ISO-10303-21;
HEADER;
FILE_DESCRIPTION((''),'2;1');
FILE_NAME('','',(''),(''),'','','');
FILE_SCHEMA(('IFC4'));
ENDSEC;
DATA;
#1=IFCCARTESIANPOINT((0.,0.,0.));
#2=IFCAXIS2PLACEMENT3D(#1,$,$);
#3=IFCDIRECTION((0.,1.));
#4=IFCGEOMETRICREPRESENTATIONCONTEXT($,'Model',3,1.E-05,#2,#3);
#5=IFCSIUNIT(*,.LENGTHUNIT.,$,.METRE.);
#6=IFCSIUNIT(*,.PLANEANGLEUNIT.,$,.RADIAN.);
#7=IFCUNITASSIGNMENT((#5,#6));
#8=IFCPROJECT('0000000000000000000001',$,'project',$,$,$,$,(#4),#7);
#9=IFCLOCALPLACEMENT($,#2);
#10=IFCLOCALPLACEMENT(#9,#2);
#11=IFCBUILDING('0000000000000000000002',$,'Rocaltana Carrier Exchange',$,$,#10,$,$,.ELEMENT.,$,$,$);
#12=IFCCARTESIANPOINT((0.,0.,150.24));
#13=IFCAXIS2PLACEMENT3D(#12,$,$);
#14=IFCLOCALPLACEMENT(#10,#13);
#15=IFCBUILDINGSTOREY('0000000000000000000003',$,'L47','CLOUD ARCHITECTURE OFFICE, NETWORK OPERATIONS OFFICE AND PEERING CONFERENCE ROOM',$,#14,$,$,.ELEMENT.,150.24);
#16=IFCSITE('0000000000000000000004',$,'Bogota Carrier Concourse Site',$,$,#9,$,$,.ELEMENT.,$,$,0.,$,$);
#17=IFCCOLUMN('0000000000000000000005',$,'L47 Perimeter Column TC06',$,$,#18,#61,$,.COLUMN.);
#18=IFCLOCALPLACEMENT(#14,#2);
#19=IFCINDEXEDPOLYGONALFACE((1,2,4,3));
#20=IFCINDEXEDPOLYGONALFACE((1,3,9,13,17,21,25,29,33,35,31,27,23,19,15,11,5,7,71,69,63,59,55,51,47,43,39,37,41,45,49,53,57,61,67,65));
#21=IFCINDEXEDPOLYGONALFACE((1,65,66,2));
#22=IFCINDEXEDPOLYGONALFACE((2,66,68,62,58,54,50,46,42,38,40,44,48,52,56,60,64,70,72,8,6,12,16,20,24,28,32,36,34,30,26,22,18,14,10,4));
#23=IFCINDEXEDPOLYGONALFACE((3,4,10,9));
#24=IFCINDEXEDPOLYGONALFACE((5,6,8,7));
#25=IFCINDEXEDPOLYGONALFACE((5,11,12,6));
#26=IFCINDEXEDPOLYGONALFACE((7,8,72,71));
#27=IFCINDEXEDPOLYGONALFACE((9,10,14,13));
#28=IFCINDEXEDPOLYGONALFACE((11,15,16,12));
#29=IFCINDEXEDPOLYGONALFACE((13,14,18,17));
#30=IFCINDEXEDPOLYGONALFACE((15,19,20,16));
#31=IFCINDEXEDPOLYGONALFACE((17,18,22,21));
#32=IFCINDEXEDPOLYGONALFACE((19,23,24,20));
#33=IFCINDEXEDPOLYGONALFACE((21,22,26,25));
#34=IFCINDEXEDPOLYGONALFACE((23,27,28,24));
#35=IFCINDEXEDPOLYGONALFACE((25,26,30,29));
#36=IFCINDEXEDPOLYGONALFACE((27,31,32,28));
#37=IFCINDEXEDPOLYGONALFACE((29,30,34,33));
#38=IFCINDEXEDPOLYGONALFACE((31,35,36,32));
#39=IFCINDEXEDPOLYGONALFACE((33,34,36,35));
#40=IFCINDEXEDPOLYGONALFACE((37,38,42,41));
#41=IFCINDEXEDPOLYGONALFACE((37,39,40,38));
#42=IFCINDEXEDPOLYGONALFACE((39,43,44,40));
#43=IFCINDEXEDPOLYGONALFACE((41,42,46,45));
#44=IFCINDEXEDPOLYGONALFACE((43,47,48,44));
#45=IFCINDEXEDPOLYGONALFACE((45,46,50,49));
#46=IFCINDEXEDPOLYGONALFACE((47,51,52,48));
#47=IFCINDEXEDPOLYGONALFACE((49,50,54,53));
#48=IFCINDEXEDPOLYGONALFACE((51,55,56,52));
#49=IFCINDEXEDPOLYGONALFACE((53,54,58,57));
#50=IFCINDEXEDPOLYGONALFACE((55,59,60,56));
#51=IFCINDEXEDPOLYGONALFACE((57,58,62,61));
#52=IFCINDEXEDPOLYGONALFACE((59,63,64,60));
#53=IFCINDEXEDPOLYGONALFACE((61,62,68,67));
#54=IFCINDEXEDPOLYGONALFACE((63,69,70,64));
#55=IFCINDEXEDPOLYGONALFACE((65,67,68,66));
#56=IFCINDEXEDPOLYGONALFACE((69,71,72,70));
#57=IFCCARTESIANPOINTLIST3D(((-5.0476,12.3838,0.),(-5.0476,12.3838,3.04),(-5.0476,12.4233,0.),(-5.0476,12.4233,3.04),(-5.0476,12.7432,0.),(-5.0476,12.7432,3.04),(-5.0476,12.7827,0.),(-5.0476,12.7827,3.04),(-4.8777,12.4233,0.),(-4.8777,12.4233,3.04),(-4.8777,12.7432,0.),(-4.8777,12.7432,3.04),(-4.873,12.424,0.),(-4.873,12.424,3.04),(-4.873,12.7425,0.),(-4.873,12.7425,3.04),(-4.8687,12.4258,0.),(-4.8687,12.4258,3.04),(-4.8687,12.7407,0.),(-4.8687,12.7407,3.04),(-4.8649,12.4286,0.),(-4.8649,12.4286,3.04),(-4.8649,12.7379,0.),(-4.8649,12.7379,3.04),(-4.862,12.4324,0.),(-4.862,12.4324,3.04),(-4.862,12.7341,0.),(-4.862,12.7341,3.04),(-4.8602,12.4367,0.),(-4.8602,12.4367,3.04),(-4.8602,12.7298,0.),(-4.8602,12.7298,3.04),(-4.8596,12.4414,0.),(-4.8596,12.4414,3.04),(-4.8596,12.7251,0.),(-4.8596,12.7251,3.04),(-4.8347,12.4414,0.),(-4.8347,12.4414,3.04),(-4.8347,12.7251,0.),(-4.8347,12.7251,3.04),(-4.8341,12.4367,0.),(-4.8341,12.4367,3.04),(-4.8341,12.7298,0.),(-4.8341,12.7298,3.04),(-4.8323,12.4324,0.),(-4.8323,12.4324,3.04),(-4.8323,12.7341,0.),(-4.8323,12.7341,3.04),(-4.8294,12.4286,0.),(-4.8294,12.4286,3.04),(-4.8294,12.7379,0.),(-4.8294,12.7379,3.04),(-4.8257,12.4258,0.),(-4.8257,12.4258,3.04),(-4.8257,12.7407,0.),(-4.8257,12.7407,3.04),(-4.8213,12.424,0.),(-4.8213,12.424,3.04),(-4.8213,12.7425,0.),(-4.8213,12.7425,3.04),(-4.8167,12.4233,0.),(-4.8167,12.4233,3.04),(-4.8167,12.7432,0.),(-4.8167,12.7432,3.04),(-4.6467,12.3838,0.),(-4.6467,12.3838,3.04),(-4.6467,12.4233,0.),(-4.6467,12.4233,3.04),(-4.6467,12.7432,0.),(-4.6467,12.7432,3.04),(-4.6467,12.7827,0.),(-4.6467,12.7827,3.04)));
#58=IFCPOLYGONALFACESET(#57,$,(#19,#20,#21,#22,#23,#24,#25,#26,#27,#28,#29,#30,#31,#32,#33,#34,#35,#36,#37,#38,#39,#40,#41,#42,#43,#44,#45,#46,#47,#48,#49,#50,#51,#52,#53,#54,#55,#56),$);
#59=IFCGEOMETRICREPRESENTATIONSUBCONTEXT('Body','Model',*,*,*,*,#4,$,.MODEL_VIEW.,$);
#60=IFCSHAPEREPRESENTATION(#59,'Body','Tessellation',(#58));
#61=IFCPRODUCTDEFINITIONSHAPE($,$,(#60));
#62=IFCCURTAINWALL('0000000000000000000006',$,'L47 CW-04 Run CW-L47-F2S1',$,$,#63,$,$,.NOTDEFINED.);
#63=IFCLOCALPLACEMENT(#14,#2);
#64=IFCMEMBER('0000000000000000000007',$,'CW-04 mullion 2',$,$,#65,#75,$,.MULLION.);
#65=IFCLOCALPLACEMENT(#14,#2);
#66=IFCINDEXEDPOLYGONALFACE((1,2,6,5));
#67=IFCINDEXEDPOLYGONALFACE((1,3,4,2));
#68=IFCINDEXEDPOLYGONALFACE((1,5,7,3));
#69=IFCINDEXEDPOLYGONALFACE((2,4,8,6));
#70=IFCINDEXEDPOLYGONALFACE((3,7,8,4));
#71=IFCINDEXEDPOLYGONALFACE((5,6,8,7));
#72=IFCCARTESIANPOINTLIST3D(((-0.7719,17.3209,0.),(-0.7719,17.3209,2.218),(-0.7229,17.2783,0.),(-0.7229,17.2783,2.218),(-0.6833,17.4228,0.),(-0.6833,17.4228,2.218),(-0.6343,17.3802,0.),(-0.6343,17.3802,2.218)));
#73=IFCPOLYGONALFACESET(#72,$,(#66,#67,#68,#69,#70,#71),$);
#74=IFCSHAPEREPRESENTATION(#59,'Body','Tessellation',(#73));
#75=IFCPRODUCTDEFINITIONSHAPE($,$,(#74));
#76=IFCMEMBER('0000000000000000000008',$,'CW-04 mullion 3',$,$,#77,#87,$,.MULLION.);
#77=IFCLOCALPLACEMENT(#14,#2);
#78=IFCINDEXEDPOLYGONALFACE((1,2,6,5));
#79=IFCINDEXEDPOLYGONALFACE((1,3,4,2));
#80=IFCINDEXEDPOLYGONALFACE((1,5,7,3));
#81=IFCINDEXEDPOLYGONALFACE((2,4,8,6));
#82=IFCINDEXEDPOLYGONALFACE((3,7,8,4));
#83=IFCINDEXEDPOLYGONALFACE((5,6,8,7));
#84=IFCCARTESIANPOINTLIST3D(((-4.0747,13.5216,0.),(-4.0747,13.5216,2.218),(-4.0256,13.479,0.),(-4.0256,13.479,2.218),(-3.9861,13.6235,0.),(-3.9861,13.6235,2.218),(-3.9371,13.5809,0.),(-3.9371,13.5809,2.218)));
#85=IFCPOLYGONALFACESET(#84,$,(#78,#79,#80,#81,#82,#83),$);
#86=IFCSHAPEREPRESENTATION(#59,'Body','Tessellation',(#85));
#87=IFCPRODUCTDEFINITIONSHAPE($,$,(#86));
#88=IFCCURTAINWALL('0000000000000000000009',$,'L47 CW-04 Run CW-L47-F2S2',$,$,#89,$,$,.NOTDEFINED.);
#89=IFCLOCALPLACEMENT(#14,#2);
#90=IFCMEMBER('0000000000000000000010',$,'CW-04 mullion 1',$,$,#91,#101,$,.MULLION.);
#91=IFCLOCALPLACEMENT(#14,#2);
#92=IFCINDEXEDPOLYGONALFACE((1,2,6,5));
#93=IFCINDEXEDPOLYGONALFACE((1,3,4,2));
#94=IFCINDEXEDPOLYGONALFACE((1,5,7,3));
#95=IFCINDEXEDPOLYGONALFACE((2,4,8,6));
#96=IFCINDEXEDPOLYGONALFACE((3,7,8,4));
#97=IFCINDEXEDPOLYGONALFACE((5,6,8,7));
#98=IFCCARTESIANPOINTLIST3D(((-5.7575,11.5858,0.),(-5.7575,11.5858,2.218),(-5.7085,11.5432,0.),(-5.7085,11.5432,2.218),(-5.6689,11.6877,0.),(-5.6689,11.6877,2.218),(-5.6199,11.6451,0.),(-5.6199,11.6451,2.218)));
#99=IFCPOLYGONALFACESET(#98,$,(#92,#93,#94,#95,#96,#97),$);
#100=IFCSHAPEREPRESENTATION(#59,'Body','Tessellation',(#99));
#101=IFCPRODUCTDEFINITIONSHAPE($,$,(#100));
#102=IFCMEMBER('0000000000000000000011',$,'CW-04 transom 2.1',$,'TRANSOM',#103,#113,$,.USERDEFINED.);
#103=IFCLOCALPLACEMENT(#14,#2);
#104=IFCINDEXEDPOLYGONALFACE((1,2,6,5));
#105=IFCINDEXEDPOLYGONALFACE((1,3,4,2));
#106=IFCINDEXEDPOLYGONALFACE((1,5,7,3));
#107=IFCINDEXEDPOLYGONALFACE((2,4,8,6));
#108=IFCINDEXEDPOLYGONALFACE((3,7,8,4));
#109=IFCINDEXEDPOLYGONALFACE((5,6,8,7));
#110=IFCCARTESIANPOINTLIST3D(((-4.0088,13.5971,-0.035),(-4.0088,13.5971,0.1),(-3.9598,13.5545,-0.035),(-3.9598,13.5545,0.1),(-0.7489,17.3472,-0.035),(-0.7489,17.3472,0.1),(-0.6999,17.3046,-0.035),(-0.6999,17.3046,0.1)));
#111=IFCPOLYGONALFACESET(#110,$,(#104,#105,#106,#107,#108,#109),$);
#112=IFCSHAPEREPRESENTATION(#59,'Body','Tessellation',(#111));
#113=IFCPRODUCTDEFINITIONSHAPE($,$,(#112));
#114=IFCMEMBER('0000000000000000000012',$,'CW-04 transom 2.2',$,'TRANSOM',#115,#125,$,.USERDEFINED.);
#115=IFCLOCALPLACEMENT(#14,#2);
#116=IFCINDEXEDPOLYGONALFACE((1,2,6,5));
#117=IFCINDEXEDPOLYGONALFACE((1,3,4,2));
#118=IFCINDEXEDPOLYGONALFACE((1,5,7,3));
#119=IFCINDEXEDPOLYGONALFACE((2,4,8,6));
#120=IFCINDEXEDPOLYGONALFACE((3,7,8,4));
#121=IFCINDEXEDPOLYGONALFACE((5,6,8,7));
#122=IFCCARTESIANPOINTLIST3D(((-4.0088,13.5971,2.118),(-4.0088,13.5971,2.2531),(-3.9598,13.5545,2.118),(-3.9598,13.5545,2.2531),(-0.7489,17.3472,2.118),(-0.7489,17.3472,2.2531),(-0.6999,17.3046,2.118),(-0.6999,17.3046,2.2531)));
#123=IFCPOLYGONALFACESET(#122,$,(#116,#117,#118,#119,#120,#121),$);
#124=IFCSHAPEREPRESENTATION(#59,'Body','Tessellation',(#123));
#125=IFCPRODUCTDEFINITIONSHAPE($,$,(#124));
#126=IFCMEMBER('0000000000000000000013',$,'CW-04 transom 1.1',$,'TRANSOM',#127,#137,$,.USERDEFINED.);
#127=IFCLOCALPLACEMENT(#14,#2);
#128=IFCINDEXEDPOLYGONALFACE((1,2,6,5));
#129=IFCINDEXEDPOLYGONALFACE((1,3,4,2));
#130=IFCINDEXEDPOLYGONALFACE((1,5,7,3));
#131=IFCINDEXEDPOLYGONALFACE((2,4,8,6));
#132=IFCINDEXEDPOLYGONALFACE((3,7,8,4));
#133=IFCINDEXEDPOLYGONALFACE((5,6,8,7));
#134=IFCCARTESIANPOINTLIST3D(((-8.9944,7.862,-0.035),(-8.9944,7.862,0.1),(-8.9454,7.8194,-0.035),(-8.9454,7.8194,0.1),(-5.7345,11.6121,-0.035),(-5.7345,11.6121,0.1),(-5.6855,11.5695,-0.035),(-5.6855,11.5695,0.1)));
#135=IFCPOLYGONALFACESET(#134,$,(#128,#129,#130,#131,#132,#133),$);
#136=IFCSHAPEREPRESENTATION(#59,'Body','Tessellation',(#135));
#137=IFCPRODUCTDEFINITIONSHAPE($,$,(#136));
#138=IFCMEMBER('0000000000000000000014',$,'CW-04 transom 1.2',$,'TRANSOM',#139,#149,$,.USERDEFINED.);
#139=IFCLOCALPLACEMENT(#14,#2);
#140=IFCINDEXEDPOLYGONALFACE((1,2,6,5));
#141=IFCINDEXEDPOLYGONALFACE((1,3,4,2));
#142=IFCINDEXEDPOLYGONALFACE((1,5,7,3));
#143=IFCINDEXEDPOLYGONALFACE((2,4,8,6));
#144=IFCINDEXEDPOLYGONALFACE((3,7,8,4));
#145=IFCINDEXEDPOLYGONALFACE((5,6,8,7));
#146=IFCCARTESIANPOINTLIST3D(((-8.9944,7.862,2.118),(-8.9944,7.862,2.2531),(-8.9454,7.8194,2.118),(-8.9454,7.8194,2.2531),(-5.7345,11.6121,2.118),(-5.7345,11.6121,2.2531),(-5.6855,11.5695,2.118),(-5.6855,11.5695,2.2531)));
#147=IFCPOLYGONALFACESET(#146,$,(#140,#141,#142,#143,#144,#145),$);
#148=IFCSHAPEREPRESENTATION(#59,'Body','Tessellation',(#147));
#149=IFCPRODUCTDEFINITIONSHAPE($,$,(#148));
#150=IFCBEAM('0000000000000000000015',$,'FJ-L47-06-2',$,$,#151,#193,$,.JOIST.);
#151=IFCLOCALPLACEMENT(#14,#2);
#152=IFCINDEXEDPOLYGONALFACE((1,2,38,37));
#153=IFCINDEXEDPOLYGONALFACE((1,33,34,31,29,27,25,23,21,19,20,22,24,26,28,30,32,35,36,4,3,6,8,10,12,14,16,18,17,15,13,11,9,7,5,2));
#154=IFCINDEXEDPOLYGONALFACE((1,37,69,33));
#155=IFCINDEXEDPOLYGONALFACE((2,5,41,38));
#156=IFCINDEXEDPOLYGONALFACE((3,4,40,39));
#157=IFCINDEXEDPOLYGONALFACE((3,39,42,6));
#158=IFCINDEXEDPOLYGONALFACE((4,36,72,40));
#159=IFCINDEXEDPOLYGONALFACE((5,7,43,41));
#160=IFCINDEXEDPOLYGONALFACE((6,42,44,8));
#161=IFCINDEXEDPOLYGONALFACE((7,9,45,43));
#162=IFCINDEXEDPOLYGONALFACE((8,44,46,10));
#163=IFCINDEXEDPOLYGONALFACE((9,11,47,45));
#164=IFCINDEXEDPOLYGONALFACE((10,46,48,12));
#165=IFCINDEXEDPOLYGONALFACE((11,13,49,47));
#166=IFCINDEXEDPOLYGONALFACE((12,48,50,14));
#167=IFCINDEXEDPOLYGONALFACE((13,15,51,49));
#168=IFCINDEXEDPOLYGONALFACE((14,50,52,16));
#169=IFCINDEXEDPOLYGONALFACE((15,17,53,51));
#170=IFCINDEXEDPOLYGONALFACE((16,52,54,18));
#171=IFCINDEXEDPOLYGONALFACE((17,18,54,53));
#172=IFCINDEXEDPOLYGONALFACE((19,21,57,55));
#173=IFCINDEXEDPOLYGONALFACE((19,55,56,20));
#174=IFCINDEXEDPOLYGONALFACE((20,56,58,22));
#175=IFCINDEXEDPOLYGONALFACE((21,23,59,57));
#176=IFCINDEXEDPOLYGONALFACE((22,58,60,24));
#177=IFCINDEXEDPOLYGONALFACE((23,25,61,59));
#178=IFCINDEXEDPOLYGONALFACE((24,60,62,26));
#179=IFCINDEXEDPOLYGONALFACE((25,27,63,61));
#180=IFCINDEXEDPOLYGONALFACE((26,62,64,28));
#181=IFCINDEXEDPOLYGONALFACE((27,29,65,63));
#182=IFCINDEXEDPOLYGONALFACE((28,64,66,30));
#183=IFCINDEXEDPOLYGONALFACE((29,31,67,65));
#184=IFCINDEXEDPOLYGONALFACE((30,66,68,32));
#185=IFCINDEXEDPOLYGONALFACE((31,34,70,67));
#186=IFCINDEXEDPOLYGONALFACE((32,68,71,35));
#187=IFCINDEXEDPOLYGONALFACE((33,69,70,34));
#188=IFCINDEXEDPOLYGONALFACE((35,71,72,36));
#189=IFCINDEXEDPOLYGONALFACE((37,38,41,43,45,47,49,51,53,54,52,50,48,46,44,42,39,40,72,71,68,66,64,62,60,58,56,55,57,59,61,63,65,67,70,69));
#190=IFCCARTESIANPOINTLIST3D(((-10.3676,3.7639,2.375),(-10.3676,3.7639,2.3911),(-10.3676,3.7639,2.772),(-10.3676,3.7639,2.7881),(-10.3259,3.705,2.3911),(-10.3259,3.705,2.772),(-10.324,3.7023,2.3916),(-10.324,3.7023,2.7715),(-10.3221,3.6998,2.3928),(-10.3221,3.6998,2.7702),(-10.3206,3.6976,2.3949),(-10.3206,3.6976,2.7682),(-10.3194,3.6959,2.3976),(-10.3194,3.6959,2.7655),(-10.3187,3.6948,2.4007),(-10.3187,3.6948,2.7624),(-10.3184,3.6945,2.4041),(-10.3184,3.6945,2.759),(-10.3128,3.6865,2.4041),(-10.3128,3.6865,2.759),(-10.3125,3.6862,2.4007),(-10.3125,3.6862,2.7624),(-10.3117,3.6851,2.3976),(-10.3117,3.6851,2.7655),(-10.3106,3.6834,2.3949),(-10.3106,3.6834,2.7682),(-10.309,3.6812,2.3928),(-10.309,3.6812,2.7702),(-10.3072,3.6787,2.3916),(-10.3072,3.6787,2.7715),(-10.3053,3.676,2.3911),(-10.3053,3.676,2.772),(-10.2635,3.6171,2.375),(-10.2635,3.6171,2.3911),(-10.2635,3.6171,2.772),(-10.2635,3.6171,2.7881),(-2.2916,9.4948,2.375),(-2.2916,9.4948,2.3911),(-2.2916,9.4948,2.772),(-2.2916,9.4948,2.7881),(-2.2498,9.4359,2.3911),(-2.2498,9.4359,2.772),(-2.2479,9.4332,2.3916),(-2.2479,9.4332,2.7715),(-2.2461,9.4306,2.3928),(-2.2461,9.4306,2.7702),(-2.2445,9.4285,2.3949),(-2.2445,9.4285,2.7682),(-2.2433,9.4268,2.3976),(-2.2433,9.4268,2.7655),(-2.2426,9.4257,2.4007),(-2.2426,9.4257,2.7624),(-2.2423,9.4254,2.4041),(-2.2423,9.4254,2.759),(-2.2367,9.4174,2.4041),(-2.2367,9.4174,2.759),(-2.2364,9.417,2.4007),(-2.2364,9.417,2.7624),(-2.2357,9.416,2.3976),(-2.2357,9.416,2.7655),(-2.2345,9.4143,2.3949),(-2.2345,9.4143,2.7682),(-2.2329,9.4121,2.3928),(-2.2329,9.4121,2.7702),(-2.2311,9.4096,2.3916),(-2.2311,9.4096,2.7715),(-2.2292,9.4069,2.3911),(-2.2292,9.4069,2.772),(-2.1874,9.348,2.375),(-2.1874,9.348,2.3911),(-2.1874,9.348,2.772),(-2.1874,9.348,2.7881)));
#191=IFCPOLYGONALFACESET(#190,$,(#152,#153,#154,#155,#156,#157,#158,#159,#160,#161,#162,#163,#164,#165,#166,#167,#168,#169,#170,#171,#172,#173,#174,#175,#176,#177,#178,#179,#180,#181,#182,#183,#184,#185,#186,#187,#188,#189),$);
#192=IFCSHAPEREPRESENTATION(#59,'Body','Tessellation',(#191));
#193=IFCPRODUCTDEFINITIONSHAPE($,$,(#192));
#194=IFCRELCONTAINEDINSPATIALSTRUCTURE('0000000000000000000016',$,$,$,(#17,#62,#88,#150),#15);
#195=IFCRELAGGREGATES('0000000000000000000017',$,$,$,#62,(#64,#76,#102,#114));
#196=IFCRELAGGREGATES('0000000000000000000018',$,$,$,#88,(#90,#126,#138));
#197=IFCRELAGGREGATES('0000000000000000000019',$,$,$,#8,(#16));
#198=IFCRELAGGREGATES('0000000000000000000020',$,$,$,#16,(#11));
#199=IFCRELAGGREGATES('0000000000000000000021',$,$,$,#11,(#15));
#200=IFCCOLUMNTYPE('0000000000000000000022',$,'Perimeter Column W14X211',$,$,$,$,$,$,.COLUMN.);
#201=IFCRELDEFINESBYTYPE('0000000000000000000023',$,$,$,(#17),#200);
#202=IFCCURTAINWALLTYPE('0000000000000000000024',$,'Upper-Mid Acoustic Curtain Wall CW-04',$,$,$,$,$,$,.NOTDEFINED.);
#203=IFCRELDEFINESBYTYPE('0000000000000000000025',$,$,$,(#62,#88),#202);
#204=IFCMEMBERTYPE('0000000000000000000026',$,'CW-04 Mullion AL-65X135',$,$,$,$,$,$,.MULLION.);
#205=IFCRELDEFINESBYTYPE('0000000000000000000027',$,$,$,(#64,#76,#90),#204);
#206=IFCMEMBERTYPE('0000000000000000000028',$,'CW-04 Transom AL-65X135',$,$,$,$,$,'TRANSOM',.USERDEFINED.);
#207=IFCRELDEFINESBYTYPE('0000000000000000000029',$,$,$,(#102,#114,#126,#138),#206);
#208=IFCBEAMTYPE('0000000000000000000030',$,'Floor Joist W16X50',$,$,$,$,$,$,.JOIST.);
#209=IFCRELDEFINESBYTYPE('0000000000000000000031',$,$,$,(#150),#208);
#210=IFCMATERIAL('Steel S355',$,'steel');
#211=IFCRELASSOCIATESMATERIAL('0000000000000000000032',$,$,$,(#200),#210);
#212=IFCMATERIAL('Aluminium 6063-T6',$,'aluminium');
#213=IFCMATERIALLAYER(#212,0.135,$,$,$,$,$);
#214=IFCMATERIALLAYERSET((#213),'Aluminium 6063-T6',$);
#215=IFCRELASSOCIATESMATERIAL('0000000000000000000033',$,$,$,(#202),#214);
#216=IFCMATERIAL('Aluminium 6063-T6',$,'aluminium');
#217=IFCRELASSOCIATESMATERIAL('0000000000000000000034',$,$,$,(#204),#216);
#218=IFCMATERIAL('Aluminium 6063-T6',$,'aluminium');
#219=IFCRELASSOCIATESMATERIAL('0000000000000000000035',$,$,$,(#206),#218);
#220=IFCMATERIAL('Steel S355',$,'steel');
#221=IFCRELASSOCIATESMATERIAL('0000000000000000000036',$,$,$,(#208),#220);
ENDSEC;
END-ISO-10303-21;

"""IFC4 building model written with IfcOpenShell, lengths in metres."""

from ifc_helpers import new_model, si_unit, direction, frame, origin, origin_2d, place, context, subcontext, project, spatial, rectangle, i_section, extrude, material, layer, layer_set, material_profile, profile_set, type_object, element, aggregate, save


model = new_model("IFC4")

# Units and contexts
model_context = context("Model", 3, precision=1e-05, world=origin(), true_north=direction((0.0, 1.0)))
body_context = subcontext(model_context, "Body", "Model", "MODEL_VIEW")
ifc_project = project(units=[si_unit("LENGTHUNIT", "METRE"), si_unit("PLANEANGLEUNIT", "RADIAN")], contexts=[model_context])

# Site, building, storey
site_placement = place(None, origin())
site = spatial("IfcSite", under=ifc_project, at=site_placement, Name="Bogota Carrier Concourse Site", CompositionType="ELEMENT", RefElevation=0.0)
building_placement = place(site_placement, origin())
building = spatial("IfcBuilding", under=site, at=building_placement, Name="Rocaltana Carrier Exchange", CompositionType="ELEMENT")
storey_placement = place(building_placement, frame((0.0, 0.0, 150.24)))
storey = spatial("IfcBuildingStorey", under=building, at=storey_placement, Name="L47", Description="CLOUD ARCHITECTURE OFFICE, NETWORK OPERATIONS OFFICE AND PEERING CONFERENCE ROOM", CompositionType="ELEMENT", Elevation=150.24)

# Column
ifc_material_1 = material(Name="Steel S355", Category="steel")
ifc_material_profile_1 = material_profile(ifc_material_1, i_section(OverallWidth=0.4009, OverallDepth=0.3989, WebThickness=0.0249, FlangeThickness=0.0396, FilletRadius=0.0181, at=origin_2d()), Name="W14X211")
ifc_profile_set_1 = profile_set([ifc_material_profile_1], Name="Steel S355")
column_type = type_object("IfcColumnType", Name="Perimeter Column W14X211", PredefinedType="COLUMN", material=ifc_profile_set_1)
column_placement = place(storey_placement, frame((-4.8472, 12.5833, 0.0), z_axis=(0.0, 0.0, 1.0), x_axis=(1.0, 0.0, 0.0)))
element("IfcColumn", 1, at=column_placement, inside=storey, type_object=column_type, Name="L47 Perimeter Column TC06", PredefinedType="COLUMN", context=body_context, shape_type="SweptSolid", body=[
    extrude(i_section(OverallWidth=0.4009, OverallDepth=0.3989, WebThickness=0.0249, FlangeThickness=0.0396, FilletRadius=0.0181, at=origin_2d()), origin(), (0.0, 0.0, 1.0), 3.04),
])

# Curtain wall, members
ifc_material_2 = material(Name="Aluminium 6063-T6", Category="aluminium")
ifc_layer_1 = layer(ifc_material_2, 0.135)
ifc_layer_set_1 = layer_set([ifc_layer_1], Name="Aluminium 6063-T6")
curtain_wall_type = type_object("IfcCurtainWallType", Name="Upper-Mid Acoustic Curtain Wall CW-04", PredefinedType="NOTDEFINED", material=ifc_layer_set_1)
curtain_wall_1_placement = place(storey_placement, origin())
curtain_wall_1 = element("IfcCurtainWall", 2, at=curtain_wall_1_placement, inside=storey, type_object=curtain_wall_type, Name="L47 CW-04 Run CW-L47-F2S1", PredefinedType="NOTDEFINED")
ifc_material_3 = material(Name="Aluminium 6063-T6", Category="aluminium")
ifc_material_profile_2 = material_profile(ifc_material_3, rectangle(XDim=0.0649, YDim=0.135, at=origin_2d()), Name="AL-65X135")
ifc_profile_set_2 = profile_set([ifc_material_profile_2], Name="Aluminium 6063-T6")
member_type_1 = type_object("IfcMemberType", Name="CW-04 Mullion AL-65X135", PredefinedType="MULLION", material=ifc_profile_set_2)
member_1_placement = place(storey_placement, frame((-0.7031, 17.3506, 0.0), z_axis=(0.0, 0.0, 1.0), x_axis=(0.754712, -0.656057, 0.0)))
member_1 = element("IfcMember", 3, at=member_1_placement, type_object=member_type_1, Name="CW-04 mullion 2", PredefinedType="MULLION", context=body_context, shape_type="SweptSolid", body=[
    extrude(rectangle(XDim=0.0649, YDim=0.135, at=origin_2d()), origin(), (0.0, 0.0, 1.0), 2.218),
])
member_2_placement = place(storey_placement, frame((-4.0059, 13.5513, 0.0), z_axis=(0.0, 0.0, 1.0), x_axis=(0.754712, -0.656057, 0.0)))
member_2 = element("IfcMember", 4, at=member_2_placement, type_object=member_type_1, Name="CW-04 mullion 3", PredefinedType="MULLION", context=body_context, shape_type="SweptSolid", body=[
    extrude(rectangle(XDim=0.0649, YDim=0.135, at=origin_2d()), origin(), (0.0, 0.0, 1.0), 2.218),
])

# Curtain wall, member
curtain_wall_2_placement = place(storey_placement, origin())
curtain_wall_2 = element("IfcCurtainWall", 5, at=curtain_wall_2_placement, inside=storey, type_object=curtain_wall_type, Name="L47 CW-04 Run CW-L47-F2S2", PredefinedType="NOTDEFINED")
member_3_placement = place(storey_placement, frame((-5.6887, 11.6155, 0.0), z_axis=(0.0, 0.0, 1.0), x_axis=(0.754712, -0.656057, 0.0)))
member_3 = element("IfcMember", 6, at=member_3_placement, type_object=member_type_1, Name="CW-04 mullion 1", PredefinedType="MULLION", context=body_context, shape_type="SweptSolid", body=[
    extrude(rectangle(XDim=0.0649, YDim=0.135, at=origin_2d()), origin(), (0.0, 0.0, 1.0), 2.218),
])

# Members
ifc_material_4 = material(Name="Aluminium 6063-T6", Category="aluminium")
ifc_material_profile_3 = material_profile(ifc_material_4, rectangle(XDim=0.0649, YDim=0.135, at=origin_2d()), Name="AL-65X135")
ifc_profile_set_3 = profile_set([ifc_material_profile_3], Name="Aluminium 6063-T6")
member_type_2 = type_object("IfcMemberType", Name="CW-04 Transom AL-65X135", ElementType="TRANSOM", PredefinedType="USERDEFINED", material=ifc_profile_set_3)
member_4_placement = place(storey_placement, frame((-0.7244, 17.3259, 0.0325), z_axis=(-0.656056, -0.754712, 0.0), x_axis=(0.754712, -0.656056, 0.0)))
member_4 = element("IfcMember", 7, at=member_4_placement, type_object=member_type_2, Name="CW-04 transom 2.1", ObjectType="TRANSOM", PredefinedType="USERDEFINED", context=body_context, shape_type="SweptSolid", body=[
    extrude(rectangle(XDim=0.0649, YDim=0.135, at=origin_2d()), origin(), (0.0, 0.0, 1.0), 4.969),
])
member_5_placement = place(storey_placement, frame((-0.7244, 17.3259, 2.1855), z_axis=(-0.656056, -0.754712, 0.0), x_axis=(0.754712, -0.656056, 0.0)))
member_5 = element("IfcMember", 8, at=member_5_placement, type_object=member_type_2, Name="CW-04 transom 2.2", ObjectType="TRANSOM", PredefinedType="USERDEFINED", context=body_context, shape_type="SweptSolid", body=[
    extrude(rectangle(XDim=0.0649, YDim=0.135, at=origin_2d()), origin(), (0.0, 0.0, 1.0), 4.969),
])
member_6_placement = place(storey_placement, frame((-5.71, 11.5908, 0.0325), z_axis=(-0.656056, -0.754712, 0.0), x_axis=(0.754712, -0.656056, 0.0)))
member_6 = element("IfcMember", 9, at=member_6_placement, type_object=member_type_2, Name="CW-04 transom 1.1", ObjectType="TRANSOM", PredefinedType="USERDEFINED", context=body_context, shape_type="SweptSolid", body=[
    extrude(rectangle(XDim=0.0649, YDim=0.135, at=origin_2d()), origin(), (0.0, 0.0, 1.0), 4.969),
])
member_7_placement = place(storey_placement, frame((-5.71, 11.5908, 2.1855), z_axis=(-0.656056, -0.754712, 0.0), x_axis=(0.754712, -0.656056, 0.0)))
member_7 = element("IfcMember", 10, at=member_7_placement, type_object=member_type_2, Name="CW-04 transom 1.2", ObjectType="TRANSOM", PredefinedType="USERDEFINED", context=body_context, shape_type="SweptSolid", body=[
    extrude(rectangle(XDim=0.0649, YDim=0.135, at=origin_2d()), origin(), (0.0, 0.0, 1.0), 4.969),
])

# Beam
ifc_material_5 = material(Name="Steel S355", Category="steel")
ifc_material_profile_4 = material_profile(ifc_material_5, i_section(OverallWidth=0.1799, OverallDepth=0.4131, WebThickness=0.0098, FlangeThickness=0.0161, FilletRadius=0.0129, at=origin_2d()), Name="W16X50")
ifc_profile_set_4 = profile_set([ifc_material_profile_4], Name="Steel S355")
beam_type_1 = type_object("IfcBeamType", Name="Floor Joist W16X50", PredefinedType="JOIST", material=ifc_profile_set_4)
beam_1_placement = place(storey_placement, frame((-2.2395, 9.4214, 2.5815), z_axis=(-0.815532, -0.578712, 0.0), x_axis=(0.578712, -0.815532, 0.0)))
element("IfcBeam", 11, at=beam_1_placement, inside=storey, type_object=beam_type_1, Name="FJ-L47-06-2", PredefinedType="JOIST", context=body_context, shape_type="SweptSolid", body=[
    extrude(i_section(OverallWidth=0.1799, OverallDepth=0.4131, WebThickness=0.0098, FlangeThickness=0.0161, FilletRadius=0.0129, at=origin_2d()), origin(), (0.0, 0.0, 1.0), 9.9028),
])

aggregate(curtain_wall_1, [member_1, member_2, member_4, member_5])
aggregate(curtain_wall_2, [member_3, member_6, member_7])

save(model, "model.ifc")
